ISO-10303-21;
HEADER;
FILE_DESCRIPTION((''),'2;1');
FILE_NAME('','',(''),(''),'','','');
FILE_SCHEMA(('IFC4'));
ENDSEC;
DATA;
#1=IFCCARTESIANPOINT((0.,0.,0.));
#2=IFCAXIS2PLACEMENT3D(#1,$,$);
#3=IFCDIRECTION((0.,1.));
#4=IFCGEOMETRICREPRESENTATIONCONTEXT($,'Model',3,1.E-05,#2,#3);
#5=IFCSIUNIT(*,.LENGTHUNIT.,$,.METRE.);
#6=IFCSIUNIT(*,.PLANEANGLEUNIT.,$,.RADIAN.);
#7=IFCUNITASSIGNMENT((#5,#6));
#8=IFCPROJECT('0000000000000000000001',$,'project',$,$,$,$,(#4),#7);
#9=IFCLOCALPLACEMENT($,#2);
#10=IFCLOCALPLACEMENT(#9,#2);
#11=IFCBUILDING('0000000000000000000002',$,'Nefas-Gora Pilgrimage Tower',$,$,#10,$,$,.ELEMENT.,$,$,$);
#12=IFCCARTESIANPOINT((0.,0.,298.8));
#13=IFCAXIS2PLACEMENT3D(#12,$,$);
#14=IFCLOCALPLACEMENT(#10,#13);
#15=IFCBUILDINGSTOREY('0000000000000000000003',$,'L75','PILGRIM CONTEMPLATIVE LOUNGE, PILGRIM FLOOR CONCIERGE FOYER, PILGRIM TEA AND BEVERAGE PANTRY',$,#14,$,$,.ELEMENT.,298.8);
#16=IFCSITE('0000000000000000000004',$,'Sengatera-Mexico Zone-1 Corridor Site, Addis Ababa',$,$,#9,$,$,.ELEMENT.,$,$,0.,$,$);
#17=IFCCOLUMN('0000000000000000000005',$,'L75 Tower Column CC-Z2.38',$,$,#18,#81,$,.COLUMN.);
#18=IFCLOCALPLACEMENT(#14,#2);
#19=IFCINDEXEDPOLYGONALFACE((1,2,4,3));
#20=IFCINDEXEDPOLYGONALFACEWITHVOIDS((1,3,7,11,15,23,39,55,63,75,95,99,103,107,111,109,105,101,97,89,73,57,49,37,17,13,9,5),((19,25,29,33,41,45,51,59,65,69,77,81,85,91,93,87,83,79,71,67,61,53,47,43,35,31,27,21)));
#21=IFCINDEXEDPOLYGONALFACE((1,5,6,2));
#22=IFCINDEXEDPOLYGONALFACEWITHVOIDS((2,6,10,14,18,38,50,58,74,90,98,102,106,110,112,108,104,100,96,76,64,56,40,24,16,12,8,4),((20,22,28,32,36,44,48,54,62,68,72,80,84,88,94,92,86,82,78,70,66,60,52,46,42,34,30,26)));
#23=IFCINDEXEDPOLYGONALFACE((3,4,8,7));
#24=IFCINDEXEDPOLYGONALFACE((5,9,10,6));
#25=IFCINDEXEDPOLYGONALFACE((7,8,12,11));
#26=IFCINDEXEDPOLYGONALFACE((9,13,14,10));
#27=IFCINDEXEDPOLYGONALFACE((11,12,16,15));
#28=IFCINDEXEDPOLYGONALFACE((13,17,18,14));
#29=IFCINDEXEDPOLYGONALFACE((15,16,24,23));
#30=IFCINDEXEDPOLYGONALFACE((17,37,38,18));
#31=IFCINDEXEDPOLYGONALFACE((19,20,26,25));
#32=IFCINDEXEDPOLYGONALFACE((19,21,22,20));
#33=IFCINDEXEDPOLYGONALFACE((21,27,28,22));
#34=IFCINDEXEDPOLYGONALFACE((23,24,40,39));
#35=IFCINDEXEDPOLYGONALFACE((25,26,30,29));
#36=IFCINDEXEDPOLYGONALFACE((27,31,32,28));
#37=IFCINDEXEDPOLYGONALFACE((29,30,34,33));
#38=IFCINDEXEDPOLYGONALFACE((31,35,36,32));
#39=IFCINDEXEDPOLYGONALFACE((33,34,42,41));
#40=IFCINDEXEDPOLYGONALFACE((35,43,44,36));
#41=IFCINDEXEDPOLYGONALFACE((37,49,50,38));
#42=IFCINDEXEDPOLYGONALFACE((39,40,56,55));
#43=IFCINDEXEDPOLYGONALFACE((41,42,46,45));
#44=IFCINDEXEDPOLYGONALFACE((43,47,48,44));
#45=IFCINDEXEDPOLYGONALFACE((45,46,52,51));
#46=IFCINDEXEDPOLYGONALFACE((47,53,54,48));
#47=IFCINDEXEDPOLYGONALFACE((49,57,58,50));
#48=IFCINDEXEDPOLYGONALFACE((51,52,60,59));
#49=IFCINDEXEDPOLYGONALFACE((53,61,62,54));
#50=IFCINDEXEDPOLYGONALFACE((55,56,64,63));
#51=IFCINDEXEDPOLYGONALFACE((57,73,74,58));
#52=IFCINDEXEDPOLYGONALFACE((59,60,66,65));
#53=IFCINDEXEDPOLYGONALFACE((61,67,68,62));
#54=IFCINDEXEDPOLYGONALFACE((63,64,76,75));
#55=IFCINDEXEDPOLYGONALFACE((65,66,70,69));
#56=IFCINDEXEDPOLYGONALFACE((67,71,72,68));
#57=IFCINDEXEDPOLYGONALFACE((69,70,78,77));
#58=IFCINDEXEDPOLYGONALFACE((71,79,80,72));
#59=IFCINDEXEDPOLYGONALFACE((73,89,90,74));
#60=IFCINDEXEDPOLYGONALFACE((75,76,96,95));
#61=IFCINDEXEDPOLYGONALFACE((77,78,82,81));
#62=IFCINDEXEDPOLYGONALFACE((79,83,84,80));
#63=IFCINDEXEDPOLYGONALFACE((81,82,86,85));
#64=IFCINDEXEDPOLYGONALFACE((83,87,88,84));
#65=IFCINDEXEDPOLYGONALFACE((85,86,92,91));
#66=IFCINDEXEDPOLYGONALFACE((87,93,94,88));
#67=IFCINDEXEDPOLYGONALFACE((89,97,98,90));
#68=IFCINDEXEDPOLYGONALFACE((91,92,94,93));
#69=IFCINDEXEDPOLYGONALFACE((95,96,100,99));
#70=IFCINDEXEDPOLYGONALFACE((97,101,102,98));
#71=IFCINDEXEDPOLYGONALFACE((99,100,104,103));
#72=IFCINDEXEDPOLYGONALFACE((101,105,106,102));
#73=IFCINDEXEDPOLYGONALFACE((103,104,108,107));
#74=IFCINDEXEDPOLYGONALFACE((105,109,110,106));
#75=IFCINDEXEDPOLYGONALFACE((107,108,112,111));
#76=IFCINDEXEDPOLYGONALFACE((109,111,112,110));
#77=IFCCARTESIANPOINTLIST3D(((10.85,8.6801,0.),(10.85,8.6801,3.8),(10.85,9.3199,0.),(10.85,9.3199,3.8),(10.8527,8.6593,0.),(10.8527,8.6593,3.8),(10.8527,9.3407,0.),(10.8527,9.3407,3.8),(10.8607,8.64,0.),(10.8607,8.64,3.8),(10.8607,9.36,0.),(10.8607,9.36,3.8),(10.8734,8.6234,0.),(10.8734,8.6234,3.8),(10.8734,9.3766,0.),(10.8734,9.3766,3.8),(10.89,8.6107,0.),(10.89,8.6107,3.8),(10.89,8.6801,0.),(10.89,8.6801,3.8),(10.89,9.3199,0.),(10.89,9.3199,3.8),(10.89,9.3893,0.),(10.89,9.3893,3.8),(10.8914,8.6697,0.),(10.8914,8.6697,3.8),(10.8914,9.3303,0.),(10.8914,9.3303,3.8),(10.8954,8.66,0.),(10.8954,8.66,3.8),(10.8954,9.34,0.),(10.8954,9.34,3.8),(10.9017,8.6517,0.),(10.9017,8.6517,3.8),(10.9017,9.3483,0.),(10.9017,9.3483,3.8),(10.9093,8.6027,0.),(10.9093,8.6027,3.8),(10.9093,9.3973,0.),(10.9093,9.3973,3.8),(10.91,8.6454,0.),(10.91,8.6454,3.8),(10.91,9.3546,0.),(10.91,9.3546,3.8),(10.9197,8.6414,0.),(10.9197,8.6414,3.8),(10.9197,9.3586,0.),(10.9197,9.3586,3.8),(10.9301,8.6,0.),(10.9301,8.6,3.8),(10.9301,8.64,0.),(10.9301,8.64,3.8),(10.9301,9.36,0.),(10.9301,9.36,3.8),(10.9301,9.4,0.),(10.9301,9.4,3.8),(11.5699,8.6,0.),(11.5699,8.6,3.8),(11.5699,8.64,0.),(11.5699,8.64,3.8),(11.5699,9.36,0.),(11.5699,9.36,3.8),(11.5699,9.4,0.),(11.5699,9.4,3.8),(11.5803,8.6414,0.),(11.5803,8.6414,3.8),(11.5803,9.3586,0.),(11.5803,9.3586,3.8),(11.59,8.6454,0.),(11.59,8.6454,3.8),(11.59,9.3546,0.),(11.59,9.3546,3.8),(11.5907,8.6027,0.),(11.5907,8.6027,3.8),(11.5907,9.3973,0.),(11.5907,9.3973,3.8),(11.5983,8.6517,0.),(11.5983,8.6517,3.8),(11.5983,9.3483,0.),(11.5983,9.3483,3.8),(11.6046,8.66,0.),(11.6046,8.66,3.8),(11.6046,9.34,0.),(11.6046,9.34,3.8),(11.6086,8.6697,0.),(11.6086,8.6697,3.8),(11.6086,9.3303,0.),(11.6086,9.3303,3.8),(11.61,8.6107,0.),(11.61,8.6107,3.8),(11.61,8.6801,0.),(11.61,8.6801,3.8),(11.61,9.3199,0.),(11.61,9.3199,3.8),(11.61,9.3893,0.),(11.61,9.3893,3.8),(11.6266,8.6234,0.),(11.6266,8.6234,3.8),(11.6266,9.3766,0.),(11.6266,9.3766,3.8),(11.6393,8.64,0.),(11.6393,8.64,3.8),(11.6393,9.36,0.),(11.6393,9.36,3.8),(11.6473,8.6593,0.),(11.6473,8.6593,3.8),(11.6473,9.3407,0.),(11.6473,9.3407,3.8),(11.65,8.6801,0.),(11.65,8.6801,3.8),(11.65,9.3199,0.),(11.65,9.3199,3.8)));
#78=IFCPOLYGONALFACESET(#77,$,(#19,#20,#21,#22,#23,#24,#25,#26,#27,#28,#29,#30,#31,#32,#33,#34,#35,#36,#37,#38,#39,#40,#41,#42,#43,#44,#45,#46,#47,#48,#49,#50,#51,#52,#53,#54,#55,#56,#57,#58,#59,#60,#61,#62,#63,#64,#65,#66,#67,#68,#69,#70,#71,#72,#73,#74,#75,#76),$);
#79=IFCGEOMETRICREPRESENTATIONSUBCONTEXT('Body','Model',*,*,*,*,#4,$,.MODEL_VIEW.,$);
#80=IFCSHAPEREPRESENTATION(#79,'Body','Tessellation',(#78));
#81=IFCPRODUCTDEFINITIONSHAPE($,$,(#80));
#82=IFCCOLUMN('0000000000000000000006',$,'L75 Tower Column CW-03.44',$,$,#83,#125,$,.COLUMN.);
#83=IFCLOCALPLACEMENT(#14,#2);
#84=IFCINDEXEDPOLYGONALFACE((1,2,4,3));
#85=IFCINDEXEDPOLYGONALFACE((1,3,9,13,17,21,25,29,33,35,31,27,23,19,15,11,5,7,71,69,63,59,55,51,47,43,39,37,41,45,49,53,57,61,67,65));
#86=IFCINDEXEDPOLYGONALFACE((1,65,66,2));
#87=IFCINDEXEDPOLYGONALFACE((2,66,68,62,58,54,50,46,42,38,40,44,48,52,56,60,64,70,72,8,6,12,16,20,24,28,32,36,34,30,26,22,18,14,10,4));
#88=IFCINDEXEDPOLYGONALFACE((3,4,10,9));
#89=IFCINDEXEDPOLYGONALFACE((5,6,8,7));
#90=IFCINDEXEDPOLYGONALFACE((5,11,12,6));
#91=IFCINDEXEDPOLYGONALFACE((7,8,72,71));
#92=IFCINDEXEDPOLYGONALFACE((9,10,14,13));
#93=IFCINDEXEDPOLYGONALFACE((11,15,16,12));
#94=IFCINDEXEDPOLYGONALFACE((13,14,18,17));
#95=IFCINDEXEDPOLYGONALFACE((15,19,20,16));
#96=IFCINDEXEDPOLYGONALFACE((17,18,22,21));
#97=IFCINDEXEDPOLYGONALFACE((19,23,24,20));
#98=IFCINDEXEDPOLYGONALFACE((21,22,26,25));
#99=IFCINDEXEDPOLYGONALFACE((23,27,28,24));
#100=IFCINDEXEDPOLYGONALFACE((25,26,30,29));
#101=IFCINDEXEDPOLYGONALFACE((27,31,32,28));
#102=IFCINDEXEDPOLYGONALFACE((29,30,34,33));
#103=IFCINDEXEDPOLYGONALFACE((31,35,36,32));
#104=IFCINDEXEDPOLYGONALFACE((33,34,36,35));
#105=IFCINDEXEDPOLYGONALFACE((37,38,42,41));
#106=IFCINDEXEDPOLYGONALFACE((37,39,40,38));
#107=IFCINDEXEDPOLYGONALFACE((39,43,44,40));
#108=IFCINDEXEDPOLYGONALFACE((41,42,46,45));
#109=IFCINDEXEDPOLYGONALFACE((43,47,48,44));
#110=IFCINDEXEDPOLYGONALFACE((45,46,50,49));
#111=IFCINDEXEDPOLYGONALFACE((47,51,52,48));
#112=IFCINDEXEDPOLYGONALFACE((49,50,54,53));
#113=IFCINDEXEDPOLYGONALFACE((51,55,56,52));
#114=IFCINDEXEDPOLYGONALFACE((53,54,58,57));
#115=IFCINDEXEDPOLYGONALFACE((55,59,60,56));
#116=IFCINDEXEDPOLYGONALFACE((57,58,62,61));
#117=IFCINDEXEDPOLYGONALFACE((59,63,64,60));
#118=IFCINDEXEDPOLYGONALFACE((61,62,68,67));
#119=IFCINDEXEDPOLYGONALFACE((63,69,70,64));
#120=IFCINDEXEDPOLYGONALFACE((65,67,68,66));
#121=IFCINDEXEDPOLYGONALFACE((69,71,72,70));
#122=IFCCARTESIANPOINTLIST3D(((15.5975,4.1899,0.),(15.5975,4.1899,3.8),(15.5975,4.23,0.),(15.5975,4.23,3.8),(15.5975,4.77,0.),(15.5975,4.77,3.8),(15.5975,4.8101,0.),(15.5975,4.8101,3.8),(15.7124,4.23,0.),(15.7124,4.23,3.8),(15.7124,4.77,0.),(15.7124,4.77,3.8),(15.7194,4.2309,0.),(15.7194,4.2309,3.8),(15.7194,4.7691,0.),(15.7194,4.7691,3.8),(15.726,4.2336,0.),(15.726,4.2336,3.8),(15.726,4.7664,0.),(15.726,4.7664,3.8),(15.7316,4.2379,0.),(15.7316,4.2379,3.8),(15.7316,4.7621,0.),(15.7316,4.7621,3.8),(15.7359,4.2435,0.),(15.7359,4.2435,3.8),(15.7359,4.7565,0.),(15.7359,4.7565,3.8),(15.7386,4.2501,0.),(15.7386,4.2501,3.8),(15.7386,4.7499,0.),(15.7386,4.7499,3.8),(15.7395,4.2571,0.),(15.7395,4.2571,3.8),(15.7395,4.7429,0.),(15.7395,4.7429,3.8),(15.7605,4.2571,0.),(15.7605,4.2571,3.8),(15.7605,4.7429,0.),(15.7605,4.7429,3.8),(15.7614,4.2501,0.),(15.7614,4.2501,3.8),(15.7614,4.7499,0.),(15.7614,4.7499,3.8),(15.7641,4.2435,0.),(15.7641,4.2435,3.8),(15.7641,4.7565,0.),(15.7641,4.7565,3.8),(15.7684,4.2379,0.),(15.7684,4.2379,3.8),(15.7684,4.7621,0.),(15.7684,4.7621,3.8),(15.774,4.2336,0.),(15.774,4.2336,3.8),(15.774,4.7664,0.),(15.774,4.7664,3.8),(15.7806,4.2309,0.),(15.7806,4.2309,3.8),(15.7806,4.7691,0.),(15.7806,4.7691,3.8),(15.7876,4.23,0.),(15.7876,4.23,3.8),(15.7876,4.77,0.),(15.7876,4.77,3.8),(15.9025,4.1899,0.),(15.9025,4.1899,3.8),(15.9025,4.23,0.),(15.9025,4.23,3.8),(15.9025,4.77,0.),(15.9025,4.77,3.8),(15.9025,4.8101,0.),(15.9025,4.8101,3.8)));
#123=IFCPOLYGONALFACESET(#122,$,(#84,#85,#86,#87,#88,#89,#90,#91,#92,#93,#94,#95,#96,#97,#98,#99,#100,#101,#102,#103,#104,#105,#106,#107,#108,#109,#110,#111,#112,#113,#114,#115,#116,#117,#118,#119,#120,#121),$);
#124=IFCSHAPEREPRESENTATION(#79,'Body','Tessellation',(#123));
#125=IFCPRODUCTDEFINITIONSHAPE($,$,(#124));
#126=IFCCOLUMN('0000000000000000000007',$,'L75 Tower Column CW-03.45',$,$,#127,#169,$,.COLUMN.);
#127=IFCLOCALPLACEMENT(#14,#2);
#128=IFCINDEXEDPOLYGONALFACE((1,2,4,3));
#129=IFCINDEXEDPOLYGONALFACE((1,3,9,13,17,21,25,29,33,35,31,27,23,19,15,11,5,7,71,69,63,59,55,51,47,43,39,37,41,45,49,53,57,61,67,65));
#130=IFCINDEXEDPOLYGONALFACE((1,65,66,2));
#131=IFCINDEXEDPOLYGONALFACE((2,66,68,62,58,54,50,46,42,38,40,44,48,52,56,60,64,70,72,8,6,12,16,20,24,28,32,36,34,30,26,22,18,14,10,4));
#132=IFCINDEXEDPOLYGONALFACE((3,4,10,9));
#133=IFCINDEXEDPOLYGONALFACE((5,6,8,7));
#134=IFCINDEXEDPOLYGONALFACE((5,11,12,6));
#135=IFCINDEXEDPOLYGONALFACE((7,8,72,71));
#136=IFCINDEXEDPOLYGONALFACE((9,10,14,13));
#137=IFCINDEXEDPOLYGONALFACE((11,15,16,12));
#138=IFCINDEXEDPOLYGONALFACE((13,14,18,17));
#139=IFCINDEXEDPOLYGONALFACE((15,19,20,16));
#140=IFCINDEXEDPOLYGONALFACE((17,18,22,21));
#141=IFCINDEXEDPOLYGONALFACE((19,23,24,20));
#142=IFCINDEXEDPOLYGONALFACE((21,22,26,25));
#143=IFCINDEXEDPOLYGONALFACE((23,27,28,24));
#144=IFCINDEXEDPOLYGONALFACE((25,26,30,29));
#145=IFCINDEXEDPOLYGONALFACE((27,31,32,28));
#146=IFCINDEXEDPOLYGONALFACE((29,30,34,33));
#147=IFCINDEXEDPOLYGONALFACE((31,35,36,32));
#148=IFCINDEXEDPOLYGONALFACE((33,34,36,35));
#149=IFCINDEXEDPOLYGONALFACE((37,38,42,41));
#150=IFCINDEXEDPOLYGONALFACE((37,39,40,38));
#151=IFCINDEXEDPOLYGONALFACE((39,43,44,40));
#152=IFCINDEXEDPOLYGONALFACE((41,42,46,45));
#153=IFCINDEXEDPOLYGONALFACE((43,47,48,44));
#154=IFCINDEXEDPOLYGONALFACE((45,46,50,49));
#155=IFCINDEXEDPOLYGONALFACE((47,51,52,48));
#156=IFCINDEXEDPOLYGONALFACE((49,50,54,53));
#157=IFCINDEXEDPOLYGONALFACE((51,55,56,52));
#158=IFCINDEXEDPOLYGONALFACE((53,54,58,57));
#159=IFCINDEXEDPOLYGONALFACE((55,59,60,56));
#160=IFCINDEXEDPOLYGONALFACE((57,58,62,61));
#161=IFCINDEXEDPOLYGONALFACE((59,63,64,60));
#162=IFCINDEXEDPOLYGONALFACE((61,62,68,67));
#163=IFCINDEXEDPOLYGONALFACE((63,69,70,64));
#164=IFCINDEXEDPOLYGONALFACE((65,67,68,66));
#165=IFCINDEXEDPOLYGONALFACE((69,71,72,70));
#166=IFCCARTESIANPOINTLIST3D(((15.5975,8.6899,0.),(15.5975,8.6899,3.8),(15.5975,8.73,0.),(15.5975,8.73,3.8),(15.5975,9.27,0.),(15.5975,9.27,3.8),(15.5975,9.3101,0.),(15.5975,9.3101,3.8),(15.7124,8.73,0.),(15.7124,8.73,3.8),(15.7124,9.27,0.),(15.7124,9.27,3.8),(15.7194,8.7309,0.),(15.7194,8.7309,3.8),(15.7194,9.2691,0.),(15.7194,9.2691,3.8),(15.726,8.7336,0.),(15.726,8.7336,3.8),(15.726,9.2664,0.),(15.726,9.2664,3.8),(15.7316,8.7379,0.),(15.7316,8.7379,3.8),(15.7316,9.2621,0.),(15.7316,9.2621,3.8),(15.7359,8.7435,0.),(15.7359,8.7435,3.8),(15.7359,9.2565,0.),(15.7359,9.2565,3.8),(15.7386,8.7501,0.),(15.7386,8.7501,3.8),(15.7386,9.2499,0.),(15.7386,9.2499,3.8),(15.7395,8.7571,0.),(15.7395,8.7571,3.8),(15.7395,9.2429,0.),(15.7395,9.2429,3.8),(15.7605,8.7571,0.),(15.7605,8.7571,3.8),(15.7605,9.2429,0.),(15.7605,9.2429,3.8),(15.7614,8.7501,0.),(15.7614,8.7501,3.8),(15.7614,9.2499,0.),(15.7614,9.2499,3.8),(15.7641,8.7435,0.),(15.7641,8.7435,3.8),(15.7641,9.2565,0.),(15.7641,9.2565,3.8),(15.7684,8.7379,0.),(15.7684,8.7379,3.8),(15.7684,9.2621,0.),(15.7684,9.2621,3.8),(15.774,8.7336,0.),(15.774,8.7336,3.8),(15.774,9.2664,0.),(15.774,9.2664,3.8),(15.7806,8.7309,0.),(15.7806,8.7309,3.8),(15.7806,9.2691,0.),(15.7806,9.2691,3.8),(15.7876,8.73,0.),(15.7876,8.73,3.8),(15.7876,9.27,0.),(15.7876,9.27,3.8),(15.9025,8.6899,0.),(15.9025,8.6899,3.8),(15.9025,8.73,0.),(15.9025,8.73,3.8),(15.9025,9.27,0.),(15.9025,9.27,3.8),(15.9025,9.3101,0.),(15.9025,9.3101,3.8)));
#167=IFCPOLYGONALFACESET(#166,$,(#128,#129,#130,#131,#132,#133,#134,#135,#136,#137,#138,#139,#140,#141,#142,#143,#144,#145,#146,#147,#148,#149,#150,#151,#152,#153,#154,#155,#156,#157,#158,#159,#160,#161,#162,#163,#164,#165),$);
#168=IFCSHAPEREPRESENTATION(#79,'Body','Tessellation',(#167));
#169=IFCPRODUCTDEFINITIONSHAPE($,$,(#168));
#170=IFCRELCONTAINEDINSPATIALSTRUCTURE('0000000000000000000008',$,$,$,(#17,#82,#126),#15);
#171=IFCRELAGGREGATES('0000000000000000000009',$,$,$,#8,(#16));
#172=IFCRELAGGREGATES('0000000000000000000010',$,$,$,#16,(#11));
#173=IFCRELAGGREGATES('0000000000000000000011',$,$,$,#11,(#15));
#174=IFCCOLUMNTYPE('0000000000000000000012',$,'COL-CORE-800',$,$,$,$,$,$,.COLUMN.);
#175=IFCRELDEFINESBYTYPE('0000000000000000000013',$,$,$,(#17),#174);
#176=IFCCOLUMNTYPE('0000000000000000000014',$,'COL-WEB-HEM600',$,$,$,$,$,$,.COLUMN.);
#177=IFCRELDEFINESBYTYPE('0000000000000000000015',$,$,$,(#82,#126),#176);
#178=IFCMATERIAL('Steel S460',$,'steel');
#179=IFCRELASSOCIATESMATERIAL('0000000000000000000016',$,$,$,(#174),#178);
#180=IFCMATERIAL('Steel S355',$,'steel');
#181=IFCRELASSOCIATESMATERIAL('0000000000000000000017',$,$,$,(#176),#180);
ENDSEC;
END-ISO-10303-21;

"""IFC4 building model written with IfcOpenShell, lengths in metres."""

from ifc_helpers import new_model, si_unit, direction, frame, origin, origin_2d, place, context, subcontext, project, spatial, hollow_rectangle, i_section, extrude, source, transform, mapped, material, material_profile, profile_set, type_object, element, save


model = new_model("IFC4")

# Units and contexts
model_context = context("Model", 3, precision=1e-05, world=origin(), true_north=direction((0.0, 1.0)))
body_context = subcontext(model_context, "Body", "Model", "MODEL_VIEW")
ifc_project = project(units=[si_unit("LENGTHUNIT", "METRE"), si_unit("PLANEANGLEUNIT", "RADIAN")], contexts=[model_context])

# Site, building, storey
site_placement = place(None, origin())
site = spatial("IfcSite", under=ifc_project, at=site_placement, Name="Sengatera-Mexico Zone-1 Corridor Site, Addis Ababa", CompositionType="ELEMENT", RefElevation=0.0)
building_placement = place(site_placement, origin())
building = spatial("IfcBuilding", under=site, at=building_placement, Name="Nefas-Gora Pilgrimage Tower", CompositionType="ELEMENT")
storey_placement = place(building_placement, frame((0.0, 0.0, 298.8)))
storey = spatial("IfcBuildingStorey", under=building, at=storey_placement, Name="L75", Description="PILGRIM CONTEMPLATIVE LOUNGE, PILGRIM FLOOR CONCIERGE FOYER, PILGRIM TEA AND BEVERAGE PANTRY", CompositionType="ELEMENT", Elevation=298.8)

# Columns
ifc_material_1 = material(Name="Steel S460", Category="steel")
ifc_material_profile_1 = material_profile(ifc_material_1, hollow_rectangle(XDim=0.8, YDim=0.8, WallThickness=0.04, InnerFilletRadius=0.04, OuterFilletRadius=0.0801, at=origin_2d()), Name="BOX 800x800x40")
ifc_profile_set_1 = profile_set([ifc_material_profile_1], Name="Steel S460")
column_type_1 = type_object("IfcColumnType", Name="COL-CORE-800", PredefinedType="COLUMN", material=ifc_profile_set_1)
shared_shape_1 = source(origin(), body_context, "Body", "SweptSolid", [
    extrude(hollow_rectangle(XDim=0.8, YDim=0.8, WallThickness=0.04, InnerFilletRadius=0.04, OuterFilletRadius=0.0801, at=origin_2d()), origin(), (0.0, 0.0, 1.0), 3.8),
])
column_placement = place(storey_placement, frame((11.25, 9.0, 0.0), z_axis=(0.0, 0.0, 1.0), x_axis=(1.0, 0.0, 0.0)))
element("IfcColumn", 1, at=column_placement, inside=storey, type_object=column_type_1, Name="L75 Tower Column CC-Z2.38", PredefinedType="COLUMN", context=body_context, shape_type="MappedRepresentation", body=[
    mapped(shared_shape_1, transform((0.0, 0.0, 0.0), x_axis=(1.0, 0.0, 0.0), y_axis=(0.0, 1.0, 0.0), z_axis=(0.0, 0.0, 1.0), scale=1.0)),
])
ifc_material_2 = material(Name="Steel S355", Category="steel")
ifc_material_profile_2 = material_profile(ifc_material_2, i_section(OverallWidth=0.3049, OverallDepth=0.6201, WebThickness=0.021, FlangeThickness=0.04, FilletRadius=0.0271, at=origin_2d()), Name="HEM 600")
ifc_profile_set_2 = profile_set([ifc_material_profile_2], Name="Steel S355")
column_type_2 = type_object("IfcColumnType", Name="COL-WEB-HEM600", PredefinedType="COLUMN", material=ifc_profile_set_2)
shared_shape_2 = source(origin(), body_context, "Body", "SweptSolid", [
    extrude(i_section(OverallWidth=0.3049, OverallDepth=0.6201, WebThickness=0.021, FlangeThickness=0.04, FilletRadius=0.0271, at=origin_2d()), origin(), (0.0, 0.0, 1.0), 3.8),
])
for number, where, z_axis, x_axis, name in (
    (2, (15.75, 4.5, 0.0), (0.0, 0.0, 1.0), (1.0, 0.0, 0.0), "L75 Tower Column CW-03.44"),
    (3, (15.75, 9.0, 0.0), (0.0, 0.0, 1.0), (1.0, 0.0, 0.0), "L75 Tower Column CW-03.45"),
):
    element("IfcColumn", number, at=place(storey_placement, frame(where, z_axis=z_axis, x_axis=x_axis)), inside=storey, type_object=column_type_2, Name=name, PredefinedType="COLUMN", context=body_context, shape_type="MappedRepresentation", body=[
        mapped(shared_shape_2, transform((0.0, 0.0, 0.0), x_axis=(1.0, 0.0, 0.0), y_axis=(0.0, 1.0, 0.0), z_axis=(0.0, 0.0, 1.0), scale=1.0)),
    ])

save(model, "model.ifc")
